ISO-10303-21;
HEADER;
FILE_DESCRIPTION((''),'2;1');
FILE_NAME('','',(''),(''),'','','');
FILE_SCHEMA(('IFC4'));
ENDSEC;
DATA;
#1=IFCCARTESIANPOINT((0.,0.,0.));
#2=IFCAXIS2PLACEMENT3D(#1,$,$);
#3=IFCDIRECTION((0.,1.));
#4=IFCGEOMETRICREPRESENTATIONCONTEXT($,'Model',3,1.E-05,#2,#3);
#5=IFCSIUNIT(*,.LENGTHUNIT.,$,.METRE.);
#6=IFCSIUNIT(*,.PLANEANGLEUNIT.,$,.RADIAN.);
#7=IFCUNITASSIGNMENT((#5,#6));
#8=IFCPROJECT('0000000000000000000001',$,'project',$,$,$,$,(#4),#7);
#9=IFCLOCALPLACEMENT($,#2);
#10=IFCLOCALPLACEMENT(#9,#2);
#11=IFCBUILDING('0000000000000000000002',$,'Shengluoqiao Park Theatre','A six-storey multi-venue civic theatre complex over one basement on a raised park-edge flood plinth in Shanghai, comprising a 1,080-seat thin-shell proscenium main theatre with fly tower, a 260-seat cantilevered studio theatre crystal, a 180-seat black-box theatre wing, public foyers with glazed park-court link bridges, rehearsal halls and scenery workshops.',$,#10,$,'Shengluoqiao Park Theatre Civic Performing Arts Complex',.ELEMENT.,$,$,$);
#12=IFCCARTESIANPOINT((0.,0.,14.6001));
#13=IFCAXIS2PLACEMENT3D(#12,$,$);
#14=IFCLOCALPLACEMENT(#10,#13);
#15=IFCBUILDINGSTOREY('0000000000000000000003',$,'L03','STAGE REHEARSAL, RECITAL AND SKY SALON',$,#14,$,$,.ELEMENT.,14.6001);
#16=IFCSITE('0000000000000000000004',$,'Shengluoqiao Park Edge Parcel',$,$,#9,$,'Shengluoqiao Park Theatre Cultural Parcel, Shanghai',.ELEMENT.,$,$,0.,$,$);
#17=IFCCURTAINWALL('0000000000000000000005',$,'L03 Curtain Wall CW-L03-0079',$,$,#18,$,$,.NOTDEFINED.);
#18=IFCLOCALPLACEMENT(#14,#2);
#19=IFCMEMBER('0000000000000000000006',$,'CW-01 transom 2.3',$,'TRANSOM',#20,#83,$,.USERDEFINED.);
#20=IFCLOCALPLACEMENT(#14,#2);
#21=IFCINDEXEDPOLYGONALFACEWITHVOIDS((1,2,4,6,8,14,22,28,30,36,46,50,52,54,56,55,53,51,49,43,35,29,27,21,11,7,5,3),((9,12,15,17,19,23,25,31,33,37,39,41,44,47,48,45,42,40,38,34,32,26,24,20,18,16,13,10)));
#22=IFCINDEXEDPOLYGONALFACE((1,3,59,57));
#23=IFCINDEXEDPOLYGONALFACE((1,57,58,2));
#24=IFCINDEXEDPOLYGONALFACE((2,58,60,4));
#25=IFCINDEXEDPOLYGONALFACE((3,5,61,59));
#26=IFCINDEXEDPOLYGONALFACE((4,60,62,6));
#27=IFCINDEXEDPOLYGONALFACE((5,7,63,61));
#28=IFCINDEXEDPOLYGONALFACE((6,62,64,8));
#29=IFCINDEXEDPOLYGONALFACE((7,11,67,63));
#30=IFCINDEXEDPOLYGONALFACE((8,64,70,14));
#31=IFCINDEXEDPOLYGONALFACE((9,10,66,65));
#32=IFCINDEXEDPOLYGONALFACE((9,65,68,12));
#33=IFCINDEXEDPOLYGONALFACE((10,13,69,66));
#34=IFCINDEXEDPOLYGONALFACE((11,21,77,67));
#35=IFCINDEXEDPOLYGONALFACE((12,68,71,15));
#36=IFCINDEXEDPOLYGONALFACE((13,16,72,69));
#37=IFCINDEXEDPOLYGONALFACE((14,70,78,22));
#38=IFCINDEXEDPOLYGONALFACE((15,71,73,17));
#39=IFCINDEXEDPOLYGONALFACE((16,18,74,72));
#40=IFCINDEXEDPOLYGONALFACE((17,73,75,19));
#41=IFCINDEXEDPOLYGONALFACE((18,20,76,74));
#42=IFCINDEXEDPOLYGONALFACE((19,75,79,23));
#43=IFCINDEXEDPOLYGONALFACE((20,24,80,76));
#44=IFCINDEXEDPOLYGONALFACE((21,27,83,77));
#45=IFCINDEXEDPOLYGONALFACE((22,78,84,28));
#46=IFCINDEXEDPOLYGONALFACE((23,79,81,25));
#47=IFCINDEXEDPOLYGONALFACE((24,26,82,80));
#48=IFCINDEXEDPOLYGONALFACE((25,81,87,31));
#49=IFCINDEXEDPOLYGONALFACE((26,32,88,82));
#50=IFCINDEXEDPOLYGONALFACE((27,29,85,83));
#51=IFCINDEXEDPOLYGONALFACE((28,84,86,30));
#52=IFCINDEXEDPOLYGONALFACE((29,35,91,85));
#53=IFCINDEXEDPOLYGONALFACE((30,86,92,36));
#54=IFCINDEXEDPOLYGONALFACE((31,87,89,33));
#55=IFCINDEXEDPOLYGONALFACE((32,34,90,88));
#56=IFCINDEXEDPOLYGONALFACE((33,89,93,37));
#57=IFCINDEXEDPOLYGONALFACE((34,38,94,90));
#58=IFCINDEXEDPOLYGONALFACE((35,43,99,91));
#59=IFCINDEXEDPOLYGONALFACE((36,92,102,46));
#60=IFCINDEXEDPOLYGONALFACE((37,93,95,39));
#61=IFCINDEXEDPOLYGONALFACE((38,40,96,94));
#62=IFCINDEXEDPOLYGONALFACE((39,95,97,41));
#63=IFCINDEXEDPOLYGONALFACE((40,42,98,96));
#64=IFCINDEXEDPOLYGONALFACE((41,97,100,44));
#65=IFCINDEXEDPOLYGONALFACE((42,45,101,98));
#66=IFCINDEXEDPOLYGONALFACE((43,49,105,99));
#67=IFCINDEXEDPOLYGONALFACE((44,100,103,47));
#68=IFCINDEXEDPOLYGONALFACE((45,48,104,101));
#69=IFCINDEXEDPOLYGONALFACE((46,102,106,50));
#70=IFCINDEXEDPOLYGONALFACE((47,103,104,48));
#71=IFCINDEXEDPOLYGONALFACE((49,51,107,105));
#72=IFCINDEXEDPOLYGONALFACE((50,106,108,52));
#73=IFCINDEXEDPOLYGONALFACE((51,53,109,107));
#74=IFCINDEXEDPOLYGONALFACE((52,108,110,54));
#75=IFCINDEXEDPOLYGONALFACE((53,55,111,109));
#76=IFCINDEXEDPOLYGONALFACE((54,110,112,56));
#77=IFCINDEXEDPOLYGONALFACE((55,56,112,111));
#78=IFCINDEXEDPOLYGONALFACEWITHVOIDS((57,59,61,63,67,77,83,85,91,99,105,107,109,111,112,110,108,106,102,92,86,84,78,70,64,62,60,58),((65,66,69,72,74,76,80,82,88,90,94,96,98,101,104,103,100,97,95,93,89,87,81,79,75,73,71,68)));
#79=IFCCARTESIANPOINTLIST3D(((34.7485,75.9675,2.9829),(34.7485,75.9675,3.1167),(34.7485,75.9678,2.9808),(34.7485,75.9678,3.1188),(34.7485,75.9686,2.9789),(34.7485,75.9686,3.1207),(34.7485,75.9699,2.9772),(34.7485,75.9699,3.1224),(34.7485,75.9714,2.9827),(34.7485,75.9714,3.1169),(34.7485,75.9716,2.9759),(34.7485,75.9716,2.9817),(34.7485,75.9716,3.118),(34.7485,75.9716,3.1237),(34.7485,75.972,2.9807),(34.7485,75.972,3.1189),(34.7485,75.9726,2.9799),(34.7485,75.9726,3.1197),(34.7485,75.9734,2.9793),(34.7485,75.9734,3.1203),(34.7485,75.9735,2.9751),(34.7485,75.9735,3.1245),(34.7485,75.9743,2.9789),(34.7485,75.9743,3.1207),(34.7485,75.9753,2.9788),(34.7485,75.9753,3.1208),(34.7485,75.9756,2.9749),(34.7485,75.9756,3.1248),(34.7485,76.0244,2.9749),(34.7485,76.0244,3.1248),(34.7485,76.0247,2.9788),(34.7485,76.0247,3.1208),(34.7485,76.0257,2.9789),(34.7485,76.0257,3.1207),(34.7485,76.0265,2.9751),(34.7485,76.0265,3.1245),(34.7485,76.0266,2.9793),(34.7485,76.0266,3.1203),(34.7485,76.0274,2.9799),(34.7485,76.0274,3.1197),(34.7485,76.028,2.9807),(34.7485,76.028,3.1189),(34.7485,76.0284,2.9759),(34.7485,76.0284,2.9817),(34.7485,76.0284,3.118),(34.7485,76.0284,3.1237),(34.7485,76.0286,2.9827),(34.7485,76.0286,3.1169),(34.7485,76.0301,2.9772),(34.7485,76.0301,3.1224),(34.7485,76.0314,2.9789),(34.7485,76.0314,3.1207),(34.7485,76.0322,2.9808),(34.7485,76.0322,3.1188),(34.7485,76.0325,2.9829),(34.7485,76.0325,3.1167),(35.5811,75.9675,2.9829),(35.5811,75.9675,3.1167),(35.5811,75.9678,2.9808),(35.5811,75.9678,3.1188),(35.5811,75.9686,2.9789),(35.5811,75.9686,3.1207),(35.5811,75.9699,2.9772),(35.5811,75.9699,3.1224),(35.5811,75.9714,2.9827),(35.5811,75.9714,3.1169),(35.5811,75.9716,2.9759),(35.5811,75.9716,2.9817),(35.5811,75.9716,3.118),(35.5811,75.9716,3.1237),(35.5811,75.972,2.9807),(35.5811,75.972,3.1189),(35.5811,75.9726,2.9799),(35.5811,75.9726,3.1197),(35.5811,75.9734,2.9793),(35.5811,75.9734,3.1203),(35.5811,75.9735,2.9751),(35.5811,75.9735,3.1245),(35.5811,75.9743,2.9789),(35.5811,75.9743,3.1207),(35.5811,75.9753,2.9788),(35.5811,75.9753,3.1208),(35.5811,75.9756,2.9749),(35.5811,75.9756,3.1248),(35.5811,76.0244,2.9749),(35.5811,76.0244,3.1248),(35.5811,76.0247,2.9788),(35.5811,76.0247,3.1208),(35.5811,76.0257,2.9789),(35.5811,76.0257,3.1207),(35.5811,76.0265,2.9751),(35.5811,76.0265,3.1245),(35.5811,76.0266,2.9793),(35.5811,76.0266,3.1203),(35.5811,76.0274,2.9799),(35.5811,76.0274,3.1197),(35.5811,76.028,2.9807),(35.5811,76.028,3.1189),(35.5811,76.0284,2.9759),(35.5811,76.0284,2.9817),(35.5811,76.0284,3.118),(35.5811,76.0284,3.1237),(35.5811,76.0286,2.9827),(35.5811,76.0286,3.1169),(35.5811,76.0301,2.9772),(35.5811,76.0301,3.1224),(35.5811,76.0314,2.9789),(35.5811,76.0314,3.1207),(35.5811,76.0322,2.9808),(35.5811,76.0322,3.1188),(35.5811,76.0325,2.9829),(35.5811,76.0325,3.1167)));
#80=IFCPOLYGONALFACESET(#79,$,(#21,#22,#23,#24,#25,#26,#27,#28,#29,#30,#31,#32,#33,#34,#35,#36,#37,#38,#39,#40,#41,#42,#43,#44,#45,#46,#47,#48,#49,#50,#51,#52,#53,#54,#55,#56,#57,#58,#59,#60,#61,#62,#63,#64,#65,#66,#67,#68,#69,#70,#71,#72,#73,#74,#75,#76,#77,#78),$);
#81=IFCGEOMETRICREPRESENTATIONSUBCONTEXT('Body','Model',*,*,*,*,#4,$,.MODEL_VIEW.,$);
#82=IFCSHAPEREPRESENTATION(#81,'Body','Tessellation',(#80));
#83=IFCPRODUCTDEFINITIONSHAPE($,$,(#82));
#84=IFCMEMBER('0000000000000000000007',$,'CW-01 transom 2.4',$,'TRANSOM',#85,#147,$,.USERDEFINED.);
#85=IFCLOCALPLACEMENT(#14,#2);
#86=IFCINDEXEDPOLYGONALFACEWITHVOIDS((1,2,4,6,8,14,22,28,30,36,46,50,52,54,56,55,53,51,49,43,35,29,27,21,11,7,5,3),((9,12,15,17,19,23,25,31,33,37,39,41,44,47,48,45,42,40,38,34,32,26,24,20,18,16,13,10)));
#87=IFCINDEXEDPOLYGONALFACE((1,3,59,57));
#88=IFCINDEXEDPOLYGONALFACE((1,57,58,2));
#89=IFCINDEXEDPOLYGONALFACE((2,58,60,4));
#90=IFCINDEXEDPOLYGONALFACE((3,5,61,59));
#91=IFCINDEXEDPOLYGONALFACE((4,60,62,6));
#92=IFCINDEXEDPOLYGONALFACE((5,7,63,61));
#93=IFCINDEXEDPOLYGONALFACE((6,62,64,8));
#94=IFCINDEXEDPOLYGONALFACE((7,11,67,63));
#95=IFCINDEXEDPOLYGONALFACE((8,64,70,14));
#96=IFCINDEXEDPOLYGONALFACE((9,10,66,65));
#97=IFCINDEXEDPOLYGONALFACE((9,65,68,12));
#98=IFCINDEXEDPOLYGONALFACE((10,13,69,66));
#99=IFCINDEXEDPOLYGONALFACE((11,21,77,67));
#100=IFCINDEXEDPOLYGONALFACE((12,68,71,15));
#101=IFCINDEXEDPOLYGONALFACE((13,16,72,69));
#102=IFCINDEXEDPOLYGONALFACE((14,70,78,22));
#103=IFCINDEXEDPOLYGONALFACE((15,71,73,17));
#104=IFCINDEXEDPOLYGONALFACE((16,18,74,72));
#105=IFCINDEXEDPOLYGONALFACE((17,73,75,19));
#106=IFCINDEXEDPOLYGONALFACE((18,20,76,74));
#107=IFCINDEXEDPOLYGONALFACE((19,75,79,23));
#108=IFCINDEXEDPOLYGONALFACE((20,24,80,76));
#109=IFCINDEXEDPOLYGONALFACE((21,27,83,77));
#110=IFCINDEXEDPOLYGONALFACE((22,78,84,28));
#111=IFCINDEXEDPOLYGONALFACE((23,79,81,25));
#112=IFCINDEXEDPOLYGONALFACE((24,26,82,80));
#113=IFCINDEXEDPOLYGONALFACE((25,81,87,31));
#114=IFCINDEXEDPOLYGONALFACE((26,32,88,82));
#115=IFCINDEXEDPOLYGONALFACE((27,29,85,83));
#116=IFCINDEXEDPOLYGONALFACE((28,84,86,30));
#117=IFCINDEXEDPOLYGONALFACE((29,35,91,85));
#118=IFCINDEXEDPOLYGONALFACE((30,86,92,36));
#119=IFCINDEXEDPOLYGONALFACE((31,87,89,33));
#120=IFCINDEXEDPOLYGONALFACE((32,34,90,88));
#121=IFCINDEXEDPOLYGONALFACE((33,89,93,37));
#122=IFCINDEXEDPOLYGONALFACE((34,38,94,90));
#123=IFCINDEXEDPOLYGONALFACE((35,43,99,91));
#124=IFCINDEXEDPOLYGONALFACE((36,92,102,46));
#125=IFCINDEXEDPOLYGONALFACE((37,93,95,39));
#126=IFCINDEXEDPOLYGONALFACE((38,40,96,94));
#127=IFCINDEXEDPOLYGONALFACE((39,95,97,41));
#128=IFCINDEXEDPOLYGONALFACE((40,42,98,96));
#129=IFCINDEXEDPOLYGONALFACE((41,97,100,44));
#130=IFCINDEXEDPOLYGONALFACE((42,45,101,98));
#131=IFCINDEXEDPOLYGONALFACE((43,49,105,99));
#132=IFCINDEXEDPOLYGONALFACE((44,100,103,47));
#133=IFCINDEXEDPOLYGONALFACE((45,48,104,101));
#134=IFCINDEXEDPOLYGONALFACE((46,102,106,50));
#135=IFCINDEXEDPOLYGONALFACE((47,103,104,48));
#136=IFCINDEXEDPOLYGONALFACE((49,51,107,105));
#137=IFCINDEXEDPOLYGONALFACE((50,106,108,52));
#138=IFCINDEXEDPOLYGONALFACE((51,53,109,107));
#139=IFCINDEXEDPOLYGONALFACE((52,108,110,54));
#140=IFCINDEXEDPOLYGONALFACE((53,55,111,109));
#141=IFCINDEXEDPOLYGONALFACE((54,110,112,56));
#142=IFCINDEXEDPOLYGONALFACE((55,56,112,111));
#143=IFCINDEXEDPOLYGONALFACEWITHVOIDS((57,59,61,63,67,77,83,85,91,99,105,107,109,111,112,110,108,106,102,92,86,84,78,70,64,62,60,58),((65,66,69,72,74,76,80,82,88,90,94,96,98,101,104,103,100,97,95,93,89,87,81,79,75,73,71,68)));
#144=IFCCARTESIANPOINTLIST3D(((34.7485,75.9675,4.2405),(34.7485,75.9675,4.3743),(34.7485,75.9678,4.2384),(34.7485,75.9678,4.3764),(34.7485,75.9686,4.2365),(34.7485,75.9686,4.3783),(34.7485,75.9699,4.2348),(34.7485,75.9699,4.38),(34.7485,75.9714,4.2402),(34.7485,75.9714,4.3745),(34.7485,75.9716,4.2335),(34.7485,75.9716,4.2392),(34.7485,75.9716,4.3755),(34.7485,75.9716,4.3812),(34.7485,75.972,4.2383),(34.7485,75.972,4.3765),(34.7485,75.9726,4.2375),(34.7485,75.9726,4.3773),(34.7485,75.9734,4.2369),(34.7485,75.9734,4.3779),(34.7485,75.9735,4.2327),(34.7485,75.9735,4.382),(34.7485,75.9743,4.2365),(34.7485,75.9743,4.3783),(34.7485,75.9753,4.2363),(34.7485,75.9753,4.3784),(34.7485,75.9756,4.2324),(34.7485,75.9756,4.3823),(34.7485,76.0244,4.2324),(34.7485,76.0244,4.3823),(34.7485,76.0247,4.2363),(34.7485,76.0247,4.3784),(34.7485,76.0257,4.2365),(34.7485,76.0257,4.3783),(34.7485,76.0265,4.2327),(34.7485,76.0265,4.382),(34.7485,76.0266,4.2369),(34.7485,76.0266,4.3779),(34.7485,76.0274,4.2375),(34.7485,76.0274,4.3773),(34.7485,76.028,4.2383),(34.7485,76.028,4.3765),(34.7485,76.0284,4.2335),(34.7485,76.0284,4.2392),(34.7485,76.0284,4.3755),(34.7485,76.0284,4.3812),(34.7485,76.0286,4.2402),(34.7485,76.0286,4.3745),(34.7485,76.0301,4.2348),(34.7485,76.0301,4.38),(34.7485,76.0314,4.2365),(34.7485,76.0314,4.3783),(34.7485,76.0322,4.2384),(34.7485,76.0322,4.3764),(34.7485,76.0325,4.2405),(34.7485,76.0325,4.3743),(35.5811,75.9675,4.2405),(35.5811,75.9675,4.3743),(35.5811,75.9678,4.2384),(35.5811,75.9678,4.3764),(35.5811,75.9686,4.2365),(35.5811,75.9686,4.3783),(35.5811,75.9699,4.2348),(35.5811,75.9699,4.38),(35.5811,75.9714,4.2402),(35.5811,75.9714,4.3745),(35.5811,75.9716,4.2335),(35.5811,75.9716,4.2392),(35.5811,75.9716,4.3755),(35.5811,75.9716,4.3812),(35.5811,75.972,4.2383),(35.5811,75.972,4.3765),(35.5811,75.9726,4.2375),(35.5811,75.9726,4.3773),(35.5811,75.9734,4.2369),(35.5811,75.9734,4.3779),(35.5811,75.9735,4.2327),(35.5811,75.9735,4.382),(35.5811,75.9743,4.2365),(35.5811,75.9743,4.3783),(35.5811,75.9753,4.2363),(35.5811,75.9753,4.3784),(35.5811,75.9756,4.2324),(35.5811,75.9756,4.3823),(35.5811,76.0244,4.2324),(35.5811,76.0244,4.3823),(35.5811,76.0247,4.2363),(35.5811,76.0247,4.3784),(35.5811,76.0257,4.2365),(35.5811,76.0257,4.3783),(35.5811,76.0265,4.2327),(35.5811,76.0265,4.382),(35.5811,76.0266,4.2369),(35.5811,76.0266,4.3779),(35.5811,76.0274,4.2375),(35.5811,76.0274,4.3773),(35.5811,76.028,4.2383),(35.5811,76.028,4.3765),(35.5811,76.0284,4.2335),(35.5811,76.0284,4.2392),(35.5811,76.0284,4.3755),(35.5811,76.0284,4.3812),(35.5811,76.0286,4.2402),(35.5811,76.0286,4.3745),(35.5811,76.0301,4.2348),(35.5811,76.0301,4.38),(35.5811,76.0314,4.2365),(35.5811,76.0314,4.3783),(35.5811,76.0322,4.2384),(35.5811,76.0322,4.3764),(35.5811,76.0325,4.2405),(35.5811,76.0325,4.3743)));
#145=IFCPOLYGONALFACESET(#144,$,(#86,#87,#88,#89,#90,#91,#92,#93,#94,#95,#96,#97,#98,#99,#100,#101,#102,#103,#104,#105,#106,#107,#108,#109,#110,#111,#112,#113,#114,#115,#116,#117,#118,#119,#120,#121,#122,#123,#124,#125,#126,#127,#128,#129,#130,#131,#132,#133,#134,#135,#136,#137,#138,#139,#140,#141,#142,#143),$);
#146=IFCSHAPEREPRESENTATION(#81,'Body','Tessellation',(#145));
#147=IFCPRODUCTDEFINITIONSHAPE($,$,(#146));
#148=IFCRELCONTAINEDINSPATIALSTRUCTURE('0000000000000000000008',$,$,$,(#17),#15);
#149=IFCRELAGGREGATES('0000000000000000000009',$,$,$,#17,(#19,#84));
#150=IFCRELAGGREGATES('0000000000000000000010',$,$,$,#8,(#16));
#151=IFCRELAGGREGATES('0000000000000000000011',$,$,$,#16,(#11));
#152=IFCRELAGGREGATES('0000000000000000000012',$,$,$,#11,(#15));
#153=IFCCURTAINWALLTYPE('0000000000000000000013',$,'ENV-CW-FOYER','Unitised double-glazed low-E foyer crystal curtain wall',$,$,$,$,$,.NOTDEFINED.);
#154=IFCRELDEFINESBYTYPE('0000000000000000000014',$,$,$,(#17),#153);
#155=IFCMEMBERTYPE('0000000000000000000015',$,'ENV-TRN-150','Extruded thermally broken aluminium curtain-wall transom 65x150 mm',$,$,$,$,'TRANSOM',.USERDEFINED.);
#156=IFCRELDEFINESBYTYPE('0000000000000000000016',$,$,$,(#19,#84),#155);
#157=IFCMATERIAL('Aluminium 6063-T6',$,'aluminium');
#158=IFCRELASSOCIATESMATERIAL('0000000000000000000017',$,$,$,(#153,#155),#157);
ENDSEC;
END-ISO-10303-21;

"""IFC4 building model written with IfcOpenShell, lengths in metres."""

from ifc_helpers import new_model, si_unit, direction, frame, origin, origin_2d, place, context, subcontext, project, spatial, hollow_rectangle, extrude, material, material_profile, profile_set, type_object, element, aggregate, save


model = new_model("IFC4")

# Units and contexts
model_context = context("Model", 3, precision=1e-05, world=origin(), true_north=direction((0.0, 1.0)))
body_context = subcontext(model_context, "Body", "Model", "MODEL_VIEW")
ifc_project = project(units=[si_unit("LENGTHUNIT", "METRE"), si_unit("PLANEANGLEUNIT", "RADIAN")], contexts=[model_context])

# Site, building, storey
site_placement = place(None, origin())
site = spatial("IfcSite", under=ifc_project, at=site_placement, Name="Shengluoqiao Park Edge Parcel", LongName="Shengluoqiao Park Theatre Cultural Parcel, Shanghai", CompositionType="ELEMENT", RefElevation=0.0)
building_placement = place(site_placement, origin())
building = spatial("IfcBuilding", under=site, at=building_placement, Name="Shengluoqiao Park Theatre", Description="A six-storey multi-venue civic theatre complex over one basement on a raised park-edge flood plinth in Shanghai, comprising a 1,080-seat thin-shell proscenium main theatre with fly tower, a 260-seat cantilevered studio theatre crystal, a 180-seat black-box theatre wing, public foyers with glazed park-court link bridges, rehearsal halls and scenery workshops.", LongName="Shengluoqiao Park Theatre Civic Performing Arts Complex", CompositionType="ELEMENT")
storey_placement = place(building_placement, frame((0.0, 0.0, 14.6001)))
storey = spatial("IfcBuildingStorey", under=building, at=storey_placement, Name="L03", Description="STAGE REHEARSAL, RECITAL AND SKY SALON", CompositionType="ELEMENT", Elevation=14.6001)

# Curtain wall
ifc_material_1 = material(Name="Aluminium 6063-T6", Category="aluminium")
curtain_wall_type = type_object("IfcCurtainWallType", Name="ENV-CW-FOYER", Description="Unitised double-glazed low-E foyer crystal curtain wall", PredefinedType="NOTDEFINED", material=ifc_material_1)
curtain_wall_1_placement = place(storey_placement, origin())
curtain_wall_1 = element("IfcCurtainWall", 1, at=curtain_wall_1_placement, inside=storey, type_object=curtain_wall_type, Name="L03 Curtain Wall CW-L03-0079", PredefinedType="NOTDEFINED")

# Members
ifc_material_profile_1 = material_profile(ifc_material_1, hollow_rectangle(XDim=0.0649, YDim=0.1499, WallThickness=0.0039, InnerFilletRadius=0.0039, OuterFilletRadius=0.0081, at=origin_2d()), Name="ALU TRANSOM 150x65x4")
ifc_profile_set_1 = profile_set([ifc_material_profile_1], Name="Aluminium 6063-T6")
member_type_1 = type_object("IfcMemberType", Name="ENV-TRN-150", Description="Extruded thermally broken aluminium curtain-wall transom 65x150 mm", ElementType="TRANSOM", PredefinedType="USERDEFINED", material=ifc_profile_set_1)
member_1_placement = place(storey_placement, frame((34.7485, 76.0, 3.0498), z_axis=(1.0, 0.0, 0.0), x_axis=(0.0, 1.0, 0.0)))
member_1 = element("IfcMember", 2, at=member_1_placement, type_object=member_type_1, Name="CW-01 transom 2.3", ObjectType="TRANSOM", PredefinedType="USERDEFINED", context=body_context, shape_type="SweptSolid", body=[
    extrude(hollow_rectangle(XDim=0.0649, YDim=0.1499, WallThickness=0.0039, InnerFilletRadius=0.0039, OuterFilletRadius=0.0081, at=origin_2d()), origin(), (0.0, 0.0, 1.0), 0.8325),
])
member_2_placement = place(storey_placement, frame((34.7485, 76.0, 4.3074), z_axis=(1.0, 0.0, 0.0), x_axis=(0.0, 1.0, 0.0)))
member_2 = element("IfcMember", 3, at=member_2_placement, type_object=member_type_1, Name="CW-01 transom 2.4", ObjectType="TRANSOM", PredefinedType="USERDEFINED", context=body_context, shape_type="SweptSolid", body=[
    extrude(hollow_rectangle(XDim=0.0649, YDim=0.1499, WallThickness=0.0039, InnerFilletRadius=0.0039, OuterFilletRadius=0.0081, at=origin_2d()), origin(), (0.0, 0.0, 1.0), 0.8325),
])

aggregate(curtain_wall_1, [member_1, member_2])

save(model, "model.ifc")
